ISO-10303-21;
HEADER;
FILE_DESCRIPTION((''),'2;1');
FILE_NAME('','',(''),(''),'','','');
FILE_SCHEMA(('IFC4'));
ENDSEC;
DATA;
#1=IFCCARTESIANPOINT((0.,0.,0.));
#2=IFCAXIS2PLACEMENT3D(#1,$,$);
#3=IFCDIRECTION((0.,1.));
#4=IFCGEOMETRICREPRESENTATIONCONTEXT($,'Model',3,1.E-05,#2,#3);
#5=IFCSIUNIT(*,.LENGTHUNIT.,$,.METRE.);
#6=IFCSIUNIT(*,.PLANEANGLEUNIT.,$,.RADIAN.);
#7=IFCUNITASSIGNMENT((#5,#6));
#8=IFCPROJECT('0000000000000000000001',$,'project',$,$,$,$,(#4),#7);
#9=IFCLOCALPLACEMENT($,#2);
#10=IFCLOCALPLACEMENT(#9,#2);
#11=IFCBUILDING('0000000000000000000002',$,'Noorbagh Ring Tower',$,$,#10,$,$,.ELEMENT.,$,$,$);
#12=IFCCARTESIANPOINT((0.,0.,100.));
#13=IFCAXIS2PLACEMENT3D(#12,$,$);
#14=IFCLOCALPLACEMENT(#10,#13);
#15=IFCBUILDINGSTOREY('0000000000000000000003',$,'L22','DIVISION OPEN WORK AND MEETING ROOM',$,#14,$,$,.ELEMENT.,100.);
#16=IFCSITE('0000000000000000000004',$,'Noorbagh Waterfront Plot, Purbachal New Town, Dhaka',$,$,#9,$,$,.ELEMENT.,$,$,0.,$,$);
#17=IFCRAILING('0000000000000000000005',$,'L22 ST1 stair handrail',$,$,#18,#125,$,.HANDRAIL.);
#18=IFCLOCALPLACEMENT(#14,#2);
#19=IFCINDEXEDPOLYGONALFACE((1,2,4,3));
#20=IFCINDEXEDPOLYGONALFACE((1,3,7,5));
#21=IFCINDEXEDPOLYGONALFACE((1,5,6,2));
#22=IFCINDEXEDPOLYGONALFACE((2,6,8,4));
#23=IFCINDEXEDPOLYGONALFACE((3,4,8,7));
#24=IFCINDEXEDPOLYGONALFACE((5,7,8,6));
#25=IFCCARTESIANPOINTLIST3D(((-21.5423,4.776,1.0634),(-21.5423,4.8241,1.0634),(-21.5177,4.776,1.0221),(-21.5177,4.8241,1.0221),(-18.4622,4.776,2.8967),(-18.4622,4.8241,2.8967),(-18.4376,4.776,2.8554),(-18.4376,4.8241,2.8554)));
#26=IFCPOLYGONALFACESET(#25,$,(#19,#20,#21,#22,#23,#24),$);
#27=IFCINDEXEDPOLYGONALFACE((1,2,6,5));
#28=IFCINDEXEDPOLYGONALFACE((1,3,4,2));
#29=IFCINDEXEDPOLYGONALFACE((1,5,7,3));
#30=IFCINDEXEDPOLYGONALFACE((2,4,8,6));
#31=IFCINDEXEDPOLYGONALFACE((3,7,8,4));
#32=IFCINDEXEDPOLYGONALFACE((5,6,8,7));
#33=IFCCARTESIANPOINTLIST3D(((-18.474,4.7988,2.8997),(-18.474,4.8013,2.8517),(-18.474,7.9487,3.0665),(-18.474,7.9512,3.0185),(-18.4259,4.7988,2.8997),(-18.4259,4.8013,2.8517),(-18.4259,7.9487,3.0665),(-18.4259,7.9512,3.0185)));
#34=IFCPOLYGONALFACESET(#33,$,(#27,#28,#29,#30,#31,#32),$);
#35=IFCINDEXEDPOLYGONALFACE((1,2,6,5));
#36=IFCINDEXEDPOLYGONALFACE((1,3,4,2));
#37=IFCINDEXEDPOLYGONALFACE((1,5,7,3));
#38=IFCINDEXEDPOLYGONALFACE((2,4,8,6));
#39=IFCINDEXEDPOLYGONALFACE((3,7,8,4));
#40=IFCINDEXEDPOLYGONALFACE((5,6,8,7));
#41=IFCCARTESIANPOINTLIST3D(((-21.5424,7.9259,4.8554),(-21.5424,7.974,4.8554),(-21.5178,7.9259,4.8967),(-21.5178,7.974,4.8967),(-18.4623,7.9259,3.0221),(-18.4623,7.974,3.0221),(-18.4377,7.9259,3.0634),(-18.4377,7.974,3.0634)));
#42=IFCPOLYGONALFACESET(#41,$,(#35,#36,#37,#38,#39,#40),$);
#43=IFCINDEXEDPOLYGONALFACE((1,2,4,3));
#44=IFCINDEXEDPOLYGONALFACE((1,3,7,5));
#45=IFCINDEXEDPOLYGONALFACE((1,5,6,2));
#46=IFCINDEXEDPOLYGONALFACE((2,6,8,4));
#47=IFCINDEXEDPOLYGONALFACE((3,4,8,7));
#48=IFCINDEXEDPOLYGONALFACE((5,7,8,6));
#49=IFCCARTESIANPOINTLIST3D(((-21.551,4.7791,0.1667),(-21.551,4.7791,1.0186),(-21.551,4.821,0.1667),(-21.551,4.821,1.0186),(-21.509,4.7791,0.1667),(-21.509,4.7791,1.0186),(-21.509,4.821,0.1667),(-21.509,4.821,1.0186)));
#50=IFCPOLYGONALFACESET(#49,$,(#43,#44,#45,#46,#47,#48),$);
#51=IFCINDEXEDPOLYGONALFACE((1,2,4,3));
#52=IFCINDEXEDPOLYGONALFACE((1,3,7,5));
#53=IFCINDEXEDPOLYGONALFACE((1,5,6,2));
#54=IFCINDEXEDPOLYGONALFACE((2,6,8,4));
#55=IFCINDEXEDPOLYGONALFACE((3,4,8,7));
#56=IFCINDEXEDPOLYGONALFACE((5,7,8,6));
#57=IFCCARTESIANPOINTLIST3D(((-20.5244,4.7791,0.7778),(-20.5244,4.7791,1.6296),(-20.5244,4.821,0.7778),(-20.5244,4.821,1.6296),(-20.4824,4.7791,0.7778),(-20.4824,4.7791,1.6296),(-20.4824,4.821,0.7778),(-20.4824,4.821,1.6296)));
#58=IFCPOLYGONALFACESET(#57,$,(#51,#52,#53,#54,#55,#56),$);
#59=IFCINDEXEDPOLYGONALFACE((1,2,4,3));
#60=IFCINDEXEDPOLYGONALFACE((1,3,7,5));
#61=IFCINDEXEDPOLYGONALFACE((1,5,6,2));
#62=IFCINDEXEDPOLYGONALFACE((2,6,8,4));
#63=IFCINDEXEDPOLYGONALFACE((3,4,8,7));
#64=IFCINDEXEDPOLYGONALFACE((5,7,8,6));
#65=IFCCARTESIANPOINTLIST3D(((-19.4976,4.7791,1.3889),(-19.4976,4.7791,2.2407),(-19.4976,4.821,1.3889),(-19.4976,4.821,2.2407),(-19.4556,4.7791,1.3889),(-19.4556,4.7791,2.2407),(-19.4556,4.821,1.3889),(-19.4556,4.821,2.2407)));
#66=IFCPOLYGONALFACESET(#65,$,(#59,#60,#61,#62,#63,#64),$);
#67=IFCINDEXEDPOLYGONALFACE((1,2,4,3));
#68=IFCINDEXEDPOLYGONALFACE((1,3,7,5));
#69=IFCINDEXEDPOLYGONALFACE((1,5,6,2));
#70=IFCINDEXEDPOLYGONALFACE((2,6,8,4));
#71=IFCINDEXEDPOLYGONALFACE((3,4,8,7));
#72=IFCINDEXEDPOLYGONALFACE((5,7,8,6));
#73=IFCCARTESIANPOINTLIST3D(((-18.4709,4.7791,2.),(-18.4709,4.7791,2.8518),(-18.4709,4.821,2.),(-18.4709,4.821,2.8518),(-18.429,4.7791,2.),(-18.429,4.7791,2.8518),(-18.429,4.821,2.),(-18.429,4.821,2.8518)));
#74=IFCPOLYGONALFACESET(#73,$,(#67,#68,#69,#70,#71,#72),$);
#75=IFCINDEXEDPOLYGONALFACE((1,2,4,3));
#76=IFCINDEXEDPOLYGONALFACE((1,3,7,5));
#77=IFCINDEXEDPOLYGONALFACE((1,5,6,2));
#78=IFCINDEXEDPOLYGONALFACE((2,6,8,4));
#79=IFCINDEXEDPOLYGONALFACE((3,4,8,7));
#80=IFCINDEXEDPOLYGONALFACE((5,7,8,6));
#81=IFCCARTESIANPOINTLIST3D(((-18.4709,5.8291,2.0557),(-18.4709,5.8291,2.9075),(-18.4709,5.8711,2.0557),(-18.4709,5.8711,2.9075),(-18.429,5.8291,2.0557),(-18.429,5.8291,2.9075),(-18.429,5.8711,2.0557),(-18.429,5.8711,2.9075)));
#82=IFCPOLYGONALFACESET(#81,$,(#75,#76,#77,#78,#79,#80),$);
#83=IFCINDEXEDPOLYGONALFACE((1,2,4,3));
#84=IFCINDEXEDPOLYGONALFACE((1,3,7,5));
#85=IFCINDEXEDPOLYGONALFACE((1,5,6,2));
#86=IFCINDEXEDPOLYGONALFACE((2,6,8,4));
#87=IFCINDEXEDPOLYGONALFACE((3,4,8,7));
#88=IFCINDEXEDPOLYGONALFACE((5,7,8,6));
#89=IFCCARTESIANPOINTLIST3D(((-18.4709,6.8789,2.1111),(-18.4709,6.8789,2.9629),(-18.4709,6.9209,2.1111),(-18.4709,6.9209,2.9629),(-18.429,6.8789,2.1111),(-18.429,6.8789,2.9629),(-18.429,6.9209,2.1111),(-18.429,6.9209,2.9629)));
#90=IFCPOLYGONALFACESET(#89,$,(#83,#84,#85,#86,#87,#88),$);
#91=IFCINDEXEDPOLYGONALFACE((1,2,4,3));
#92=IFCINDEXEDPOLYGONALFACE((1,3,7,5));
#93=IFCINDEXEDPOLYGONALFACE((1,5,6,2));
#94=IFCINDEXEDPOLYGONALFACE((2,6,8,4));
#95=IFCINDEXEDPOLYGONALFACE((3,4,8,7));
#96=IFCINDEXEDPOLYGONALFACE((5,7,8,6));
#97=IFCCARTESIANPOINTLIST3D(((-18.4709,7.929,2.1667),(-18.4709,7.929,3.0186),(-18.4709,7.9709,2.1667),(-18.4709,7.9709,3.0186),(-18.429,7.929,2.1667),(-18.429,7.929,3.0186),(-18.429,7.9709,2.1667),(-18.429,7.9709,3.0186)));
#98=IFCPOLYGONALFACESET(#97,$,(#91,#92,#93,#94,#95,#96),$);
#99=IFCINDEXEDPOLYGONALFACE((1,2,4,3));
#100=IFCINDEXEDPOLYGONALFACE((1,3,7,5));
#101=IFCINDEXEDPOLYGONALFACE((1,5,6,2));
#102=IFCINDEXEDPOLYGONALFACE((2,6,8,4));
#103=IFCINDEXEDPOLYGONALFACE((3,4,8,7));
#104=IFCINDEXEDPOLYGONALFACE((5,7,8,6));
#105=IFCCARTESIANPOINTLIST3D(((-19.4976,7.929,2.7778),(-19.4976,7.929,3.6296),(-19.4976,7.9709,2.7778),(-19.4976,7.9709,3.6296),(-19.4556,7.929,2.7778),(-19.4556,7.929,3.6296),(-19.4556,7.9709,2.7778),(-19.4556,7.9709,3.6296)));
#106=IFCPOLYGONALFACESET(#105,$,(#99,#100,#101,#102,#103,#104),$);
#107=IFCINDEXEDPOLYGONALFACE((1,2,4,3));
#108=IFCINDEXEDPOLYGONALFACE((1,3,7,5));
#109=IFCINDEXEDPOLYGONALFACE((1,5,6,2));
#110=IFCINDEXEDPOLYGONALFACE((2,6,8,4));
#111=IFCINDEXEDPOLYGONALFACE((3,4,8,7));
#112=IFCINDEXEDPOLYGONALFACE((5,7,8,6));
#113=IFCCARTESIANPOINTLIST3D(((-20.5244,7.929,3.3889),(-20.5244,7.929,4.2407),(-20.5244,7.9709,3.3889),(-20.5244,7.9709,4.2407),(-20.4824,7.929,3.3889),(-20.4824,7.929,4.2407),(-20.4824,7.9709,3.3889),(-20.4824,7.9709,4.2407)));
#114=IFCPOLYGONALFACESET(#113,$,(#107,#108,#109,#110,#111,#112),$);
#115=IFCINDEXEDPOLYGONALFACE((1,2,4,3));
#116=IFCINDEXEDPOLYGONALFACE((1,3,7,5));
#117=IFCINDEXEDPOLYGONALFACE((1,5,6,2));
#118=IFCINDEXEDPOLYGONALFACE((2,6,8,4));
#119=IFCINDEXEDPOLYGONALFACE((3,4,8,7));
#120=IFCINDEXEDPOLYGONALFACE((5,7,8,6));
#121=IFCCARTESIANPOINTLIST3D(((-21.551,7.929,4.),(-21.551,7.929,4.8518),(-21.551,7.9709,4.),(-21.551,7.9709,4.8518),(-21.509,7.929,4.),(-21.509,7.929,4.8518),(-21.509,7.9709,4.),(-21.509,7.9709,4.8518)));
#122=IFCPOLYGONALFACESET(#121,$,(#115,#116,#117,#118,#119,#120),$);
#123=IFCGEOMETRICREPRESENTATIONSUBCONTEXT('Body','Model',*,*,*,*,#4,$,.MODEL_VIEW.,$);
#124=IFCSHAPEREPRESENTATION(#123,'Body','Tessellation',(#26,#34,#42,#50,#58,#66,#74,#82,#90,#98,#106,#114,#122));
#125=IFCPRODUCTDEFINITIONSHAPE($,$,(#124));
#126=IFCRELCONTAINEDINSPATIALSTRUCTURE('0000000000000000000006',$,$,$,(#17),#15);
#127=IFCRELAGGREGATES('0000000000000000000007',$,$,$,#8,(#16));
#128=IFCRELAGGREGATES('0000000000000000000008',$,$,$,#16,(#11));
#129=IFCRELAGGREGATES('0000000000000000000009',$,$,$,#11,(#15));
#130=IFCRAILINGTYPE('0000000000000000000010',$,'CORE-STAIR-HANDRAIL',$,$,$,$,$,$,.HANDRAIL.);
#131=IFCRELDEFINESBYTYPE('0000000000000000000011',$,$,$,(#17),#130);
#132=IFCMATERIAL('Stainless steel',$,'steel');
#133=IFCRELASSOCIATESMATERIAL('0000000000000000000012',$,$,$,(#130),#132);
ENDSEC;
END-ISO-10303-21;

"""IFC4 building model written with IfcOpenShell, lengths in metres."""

from ifc_helpers import new_model, si_unit, direction, frame, origin, origin_2d, place, context, subcontext, project, spatial, rectangle, extrude, material, type_object, element, save


model = new_model("IFC4")

# Units and contexts
model_context = context("Model", 3, precision=1e-05, world=origin(), true_north=direction((0.0, 1.0)))
body_context = subcontext(model_context, "Body", "Model", "MODEL_VIEW")
ifc_project = project(units=[si_unit("LENGTHUNIT", "METRE"), si_unit("PLANEANGLEUNIT", "RADIAN")], contexts=[model_context])

# Site, building, storey
site_placement = place(None, origin())
site = spatial("IfcSite", under=ifc_project, at=site_placement, Name="Noorbagh Waterfront Plot, Purbachal New Town, Dhaka", CompositionType="ELEMENT", RefElevation=0.0)
building_placement = place(site_placement, origin())
building = spatial("IfcBuilding", under=site, at=building_placement, Name="Noorbagh Ring Tower", CompositionType="ELEMENT")
storey_placement = place(building_placement, frame((0.0, 0.0, 100.0)))
storey = spatial("IfcBuildingStorey", under=building, at=storey_placement, Name="L22", Description="DIVISION OPEN WORK AND MEETING ROOM", CompositionType="ELEMENT", Elevation=100.0)

# Railing
ifc_material_1 = material(Name="Stainless steel", Category="steel")
railing_type_1 = type_object("IfcRailingType", Name="CORE-STAIR-HANDRAIL", PredefinedType="HANDRAIL", material=ifc_material_1)
railing_1_placement = place(storey_placement, frame((-21.53, 4.8, 0.1667)))
element("IfcRailing", 1, at=railing_1_placement, inside=storey, type_object=railing_type_1, Name="L22 ST1 stair handrail", PredefinedType="HANDRAIL", context=body_context, shape_type="SweptSolid", body=[
    extrude(rectangle(XDim=0.0481, YDim=0.0481, at=origin_2d()), frame((0.0, 0.0, 0.876), z_axis=(0.859309, 0.0, 0.511458), x_axis=(0.0, 1.0, 0.0)), (0.0, 0.0, 1.0), 3.5845),
    extrude(rectangle(XDim=0.0481, YDim=0.0481, at=origin_2d()), frame((3.0801, 0.0, 2.709), z_axis=(0.0, 0.998602, 0.052864), x_axis=(-1.0, 0.0, 0.0)), (0.0, 0.0, 1.0), 3.1543),
    extrude(rectangle(XDim=0.0481, YDim=0.0481, at=origin_2d()), frame((3.0801, 3.1499, 2.876), z_axis=(-0.859309, 0.0, 0.511458), x_axis=(0.0, -1.0, 0.0)), (0.0, 0.0, 1.0), 3.5845),
    extrude(rectangle(XDim=0.042, YDim=0.042, at=origin_2d()), origin(), (0.0, 0.0, 1.0), 0.8518),
    extrude(rectangle(XDim=0.042, YDim=0.042, at=origin_2d()), frame((1.0266, 0.0, 0.6111)), (0.0, 0.0, 1.0), 0.8518),
    extrude(rectangle(XDim=0.042, YDim=0.042, at=origin_2d()), frame((2.0535, 0.0, 1.2222)), (0.0, 0.0, 1.0), 0.8518),
    extrude(rectangle(XDim=0.042, YDim=0.042, at=origin_2d()), frame((3.0801, 0.0, 1.8333)), (0.0, 0.0, 1.0), 0.8518),
    extrude(rectangle(XDim=0.042, YDim=0.042, at=origin_2d()), frame((3.0801, 1.05, 1.8889)), (0.0, 0.0, 1.0), 0.8518),
    extrude(rectangle(XDim=0.042, YDim=0.042, at=origin_2d()), frame((3.0801, 2.0999, 1.9443)), (0.0, 0.0, 1.0), 0.8518),
    extrude(rectangle(XDim=0.042, YDim=0.042, at=origin_2d()), frame((3.0801, 3.1499, 2.0)), (0.0, 0.0, 1.0), 0.8518),
    extrude(rectangle(XDim=0.042, YDim=0.042, at=origin_2d()), frame((2.0535, 3.1499, 2.6111)), (0.0, 0.0, 1.0), 0.8518),
    extrude(rectangle(XDim=0.042, YDim=0.042, at=origin_2d()), frame((1.0266, 3.1499, 3.2222)), (0.0, 0.0, 1.0), 0.8518),
    extrude(rectangle(XDim=0.042, YDim=0.042, at=origin_2d()), frame((0.0, 3.1499, 3.8333)), (0.0, 0.0, 1.0), 0.8518),
])

save(model, "model.ifc")
